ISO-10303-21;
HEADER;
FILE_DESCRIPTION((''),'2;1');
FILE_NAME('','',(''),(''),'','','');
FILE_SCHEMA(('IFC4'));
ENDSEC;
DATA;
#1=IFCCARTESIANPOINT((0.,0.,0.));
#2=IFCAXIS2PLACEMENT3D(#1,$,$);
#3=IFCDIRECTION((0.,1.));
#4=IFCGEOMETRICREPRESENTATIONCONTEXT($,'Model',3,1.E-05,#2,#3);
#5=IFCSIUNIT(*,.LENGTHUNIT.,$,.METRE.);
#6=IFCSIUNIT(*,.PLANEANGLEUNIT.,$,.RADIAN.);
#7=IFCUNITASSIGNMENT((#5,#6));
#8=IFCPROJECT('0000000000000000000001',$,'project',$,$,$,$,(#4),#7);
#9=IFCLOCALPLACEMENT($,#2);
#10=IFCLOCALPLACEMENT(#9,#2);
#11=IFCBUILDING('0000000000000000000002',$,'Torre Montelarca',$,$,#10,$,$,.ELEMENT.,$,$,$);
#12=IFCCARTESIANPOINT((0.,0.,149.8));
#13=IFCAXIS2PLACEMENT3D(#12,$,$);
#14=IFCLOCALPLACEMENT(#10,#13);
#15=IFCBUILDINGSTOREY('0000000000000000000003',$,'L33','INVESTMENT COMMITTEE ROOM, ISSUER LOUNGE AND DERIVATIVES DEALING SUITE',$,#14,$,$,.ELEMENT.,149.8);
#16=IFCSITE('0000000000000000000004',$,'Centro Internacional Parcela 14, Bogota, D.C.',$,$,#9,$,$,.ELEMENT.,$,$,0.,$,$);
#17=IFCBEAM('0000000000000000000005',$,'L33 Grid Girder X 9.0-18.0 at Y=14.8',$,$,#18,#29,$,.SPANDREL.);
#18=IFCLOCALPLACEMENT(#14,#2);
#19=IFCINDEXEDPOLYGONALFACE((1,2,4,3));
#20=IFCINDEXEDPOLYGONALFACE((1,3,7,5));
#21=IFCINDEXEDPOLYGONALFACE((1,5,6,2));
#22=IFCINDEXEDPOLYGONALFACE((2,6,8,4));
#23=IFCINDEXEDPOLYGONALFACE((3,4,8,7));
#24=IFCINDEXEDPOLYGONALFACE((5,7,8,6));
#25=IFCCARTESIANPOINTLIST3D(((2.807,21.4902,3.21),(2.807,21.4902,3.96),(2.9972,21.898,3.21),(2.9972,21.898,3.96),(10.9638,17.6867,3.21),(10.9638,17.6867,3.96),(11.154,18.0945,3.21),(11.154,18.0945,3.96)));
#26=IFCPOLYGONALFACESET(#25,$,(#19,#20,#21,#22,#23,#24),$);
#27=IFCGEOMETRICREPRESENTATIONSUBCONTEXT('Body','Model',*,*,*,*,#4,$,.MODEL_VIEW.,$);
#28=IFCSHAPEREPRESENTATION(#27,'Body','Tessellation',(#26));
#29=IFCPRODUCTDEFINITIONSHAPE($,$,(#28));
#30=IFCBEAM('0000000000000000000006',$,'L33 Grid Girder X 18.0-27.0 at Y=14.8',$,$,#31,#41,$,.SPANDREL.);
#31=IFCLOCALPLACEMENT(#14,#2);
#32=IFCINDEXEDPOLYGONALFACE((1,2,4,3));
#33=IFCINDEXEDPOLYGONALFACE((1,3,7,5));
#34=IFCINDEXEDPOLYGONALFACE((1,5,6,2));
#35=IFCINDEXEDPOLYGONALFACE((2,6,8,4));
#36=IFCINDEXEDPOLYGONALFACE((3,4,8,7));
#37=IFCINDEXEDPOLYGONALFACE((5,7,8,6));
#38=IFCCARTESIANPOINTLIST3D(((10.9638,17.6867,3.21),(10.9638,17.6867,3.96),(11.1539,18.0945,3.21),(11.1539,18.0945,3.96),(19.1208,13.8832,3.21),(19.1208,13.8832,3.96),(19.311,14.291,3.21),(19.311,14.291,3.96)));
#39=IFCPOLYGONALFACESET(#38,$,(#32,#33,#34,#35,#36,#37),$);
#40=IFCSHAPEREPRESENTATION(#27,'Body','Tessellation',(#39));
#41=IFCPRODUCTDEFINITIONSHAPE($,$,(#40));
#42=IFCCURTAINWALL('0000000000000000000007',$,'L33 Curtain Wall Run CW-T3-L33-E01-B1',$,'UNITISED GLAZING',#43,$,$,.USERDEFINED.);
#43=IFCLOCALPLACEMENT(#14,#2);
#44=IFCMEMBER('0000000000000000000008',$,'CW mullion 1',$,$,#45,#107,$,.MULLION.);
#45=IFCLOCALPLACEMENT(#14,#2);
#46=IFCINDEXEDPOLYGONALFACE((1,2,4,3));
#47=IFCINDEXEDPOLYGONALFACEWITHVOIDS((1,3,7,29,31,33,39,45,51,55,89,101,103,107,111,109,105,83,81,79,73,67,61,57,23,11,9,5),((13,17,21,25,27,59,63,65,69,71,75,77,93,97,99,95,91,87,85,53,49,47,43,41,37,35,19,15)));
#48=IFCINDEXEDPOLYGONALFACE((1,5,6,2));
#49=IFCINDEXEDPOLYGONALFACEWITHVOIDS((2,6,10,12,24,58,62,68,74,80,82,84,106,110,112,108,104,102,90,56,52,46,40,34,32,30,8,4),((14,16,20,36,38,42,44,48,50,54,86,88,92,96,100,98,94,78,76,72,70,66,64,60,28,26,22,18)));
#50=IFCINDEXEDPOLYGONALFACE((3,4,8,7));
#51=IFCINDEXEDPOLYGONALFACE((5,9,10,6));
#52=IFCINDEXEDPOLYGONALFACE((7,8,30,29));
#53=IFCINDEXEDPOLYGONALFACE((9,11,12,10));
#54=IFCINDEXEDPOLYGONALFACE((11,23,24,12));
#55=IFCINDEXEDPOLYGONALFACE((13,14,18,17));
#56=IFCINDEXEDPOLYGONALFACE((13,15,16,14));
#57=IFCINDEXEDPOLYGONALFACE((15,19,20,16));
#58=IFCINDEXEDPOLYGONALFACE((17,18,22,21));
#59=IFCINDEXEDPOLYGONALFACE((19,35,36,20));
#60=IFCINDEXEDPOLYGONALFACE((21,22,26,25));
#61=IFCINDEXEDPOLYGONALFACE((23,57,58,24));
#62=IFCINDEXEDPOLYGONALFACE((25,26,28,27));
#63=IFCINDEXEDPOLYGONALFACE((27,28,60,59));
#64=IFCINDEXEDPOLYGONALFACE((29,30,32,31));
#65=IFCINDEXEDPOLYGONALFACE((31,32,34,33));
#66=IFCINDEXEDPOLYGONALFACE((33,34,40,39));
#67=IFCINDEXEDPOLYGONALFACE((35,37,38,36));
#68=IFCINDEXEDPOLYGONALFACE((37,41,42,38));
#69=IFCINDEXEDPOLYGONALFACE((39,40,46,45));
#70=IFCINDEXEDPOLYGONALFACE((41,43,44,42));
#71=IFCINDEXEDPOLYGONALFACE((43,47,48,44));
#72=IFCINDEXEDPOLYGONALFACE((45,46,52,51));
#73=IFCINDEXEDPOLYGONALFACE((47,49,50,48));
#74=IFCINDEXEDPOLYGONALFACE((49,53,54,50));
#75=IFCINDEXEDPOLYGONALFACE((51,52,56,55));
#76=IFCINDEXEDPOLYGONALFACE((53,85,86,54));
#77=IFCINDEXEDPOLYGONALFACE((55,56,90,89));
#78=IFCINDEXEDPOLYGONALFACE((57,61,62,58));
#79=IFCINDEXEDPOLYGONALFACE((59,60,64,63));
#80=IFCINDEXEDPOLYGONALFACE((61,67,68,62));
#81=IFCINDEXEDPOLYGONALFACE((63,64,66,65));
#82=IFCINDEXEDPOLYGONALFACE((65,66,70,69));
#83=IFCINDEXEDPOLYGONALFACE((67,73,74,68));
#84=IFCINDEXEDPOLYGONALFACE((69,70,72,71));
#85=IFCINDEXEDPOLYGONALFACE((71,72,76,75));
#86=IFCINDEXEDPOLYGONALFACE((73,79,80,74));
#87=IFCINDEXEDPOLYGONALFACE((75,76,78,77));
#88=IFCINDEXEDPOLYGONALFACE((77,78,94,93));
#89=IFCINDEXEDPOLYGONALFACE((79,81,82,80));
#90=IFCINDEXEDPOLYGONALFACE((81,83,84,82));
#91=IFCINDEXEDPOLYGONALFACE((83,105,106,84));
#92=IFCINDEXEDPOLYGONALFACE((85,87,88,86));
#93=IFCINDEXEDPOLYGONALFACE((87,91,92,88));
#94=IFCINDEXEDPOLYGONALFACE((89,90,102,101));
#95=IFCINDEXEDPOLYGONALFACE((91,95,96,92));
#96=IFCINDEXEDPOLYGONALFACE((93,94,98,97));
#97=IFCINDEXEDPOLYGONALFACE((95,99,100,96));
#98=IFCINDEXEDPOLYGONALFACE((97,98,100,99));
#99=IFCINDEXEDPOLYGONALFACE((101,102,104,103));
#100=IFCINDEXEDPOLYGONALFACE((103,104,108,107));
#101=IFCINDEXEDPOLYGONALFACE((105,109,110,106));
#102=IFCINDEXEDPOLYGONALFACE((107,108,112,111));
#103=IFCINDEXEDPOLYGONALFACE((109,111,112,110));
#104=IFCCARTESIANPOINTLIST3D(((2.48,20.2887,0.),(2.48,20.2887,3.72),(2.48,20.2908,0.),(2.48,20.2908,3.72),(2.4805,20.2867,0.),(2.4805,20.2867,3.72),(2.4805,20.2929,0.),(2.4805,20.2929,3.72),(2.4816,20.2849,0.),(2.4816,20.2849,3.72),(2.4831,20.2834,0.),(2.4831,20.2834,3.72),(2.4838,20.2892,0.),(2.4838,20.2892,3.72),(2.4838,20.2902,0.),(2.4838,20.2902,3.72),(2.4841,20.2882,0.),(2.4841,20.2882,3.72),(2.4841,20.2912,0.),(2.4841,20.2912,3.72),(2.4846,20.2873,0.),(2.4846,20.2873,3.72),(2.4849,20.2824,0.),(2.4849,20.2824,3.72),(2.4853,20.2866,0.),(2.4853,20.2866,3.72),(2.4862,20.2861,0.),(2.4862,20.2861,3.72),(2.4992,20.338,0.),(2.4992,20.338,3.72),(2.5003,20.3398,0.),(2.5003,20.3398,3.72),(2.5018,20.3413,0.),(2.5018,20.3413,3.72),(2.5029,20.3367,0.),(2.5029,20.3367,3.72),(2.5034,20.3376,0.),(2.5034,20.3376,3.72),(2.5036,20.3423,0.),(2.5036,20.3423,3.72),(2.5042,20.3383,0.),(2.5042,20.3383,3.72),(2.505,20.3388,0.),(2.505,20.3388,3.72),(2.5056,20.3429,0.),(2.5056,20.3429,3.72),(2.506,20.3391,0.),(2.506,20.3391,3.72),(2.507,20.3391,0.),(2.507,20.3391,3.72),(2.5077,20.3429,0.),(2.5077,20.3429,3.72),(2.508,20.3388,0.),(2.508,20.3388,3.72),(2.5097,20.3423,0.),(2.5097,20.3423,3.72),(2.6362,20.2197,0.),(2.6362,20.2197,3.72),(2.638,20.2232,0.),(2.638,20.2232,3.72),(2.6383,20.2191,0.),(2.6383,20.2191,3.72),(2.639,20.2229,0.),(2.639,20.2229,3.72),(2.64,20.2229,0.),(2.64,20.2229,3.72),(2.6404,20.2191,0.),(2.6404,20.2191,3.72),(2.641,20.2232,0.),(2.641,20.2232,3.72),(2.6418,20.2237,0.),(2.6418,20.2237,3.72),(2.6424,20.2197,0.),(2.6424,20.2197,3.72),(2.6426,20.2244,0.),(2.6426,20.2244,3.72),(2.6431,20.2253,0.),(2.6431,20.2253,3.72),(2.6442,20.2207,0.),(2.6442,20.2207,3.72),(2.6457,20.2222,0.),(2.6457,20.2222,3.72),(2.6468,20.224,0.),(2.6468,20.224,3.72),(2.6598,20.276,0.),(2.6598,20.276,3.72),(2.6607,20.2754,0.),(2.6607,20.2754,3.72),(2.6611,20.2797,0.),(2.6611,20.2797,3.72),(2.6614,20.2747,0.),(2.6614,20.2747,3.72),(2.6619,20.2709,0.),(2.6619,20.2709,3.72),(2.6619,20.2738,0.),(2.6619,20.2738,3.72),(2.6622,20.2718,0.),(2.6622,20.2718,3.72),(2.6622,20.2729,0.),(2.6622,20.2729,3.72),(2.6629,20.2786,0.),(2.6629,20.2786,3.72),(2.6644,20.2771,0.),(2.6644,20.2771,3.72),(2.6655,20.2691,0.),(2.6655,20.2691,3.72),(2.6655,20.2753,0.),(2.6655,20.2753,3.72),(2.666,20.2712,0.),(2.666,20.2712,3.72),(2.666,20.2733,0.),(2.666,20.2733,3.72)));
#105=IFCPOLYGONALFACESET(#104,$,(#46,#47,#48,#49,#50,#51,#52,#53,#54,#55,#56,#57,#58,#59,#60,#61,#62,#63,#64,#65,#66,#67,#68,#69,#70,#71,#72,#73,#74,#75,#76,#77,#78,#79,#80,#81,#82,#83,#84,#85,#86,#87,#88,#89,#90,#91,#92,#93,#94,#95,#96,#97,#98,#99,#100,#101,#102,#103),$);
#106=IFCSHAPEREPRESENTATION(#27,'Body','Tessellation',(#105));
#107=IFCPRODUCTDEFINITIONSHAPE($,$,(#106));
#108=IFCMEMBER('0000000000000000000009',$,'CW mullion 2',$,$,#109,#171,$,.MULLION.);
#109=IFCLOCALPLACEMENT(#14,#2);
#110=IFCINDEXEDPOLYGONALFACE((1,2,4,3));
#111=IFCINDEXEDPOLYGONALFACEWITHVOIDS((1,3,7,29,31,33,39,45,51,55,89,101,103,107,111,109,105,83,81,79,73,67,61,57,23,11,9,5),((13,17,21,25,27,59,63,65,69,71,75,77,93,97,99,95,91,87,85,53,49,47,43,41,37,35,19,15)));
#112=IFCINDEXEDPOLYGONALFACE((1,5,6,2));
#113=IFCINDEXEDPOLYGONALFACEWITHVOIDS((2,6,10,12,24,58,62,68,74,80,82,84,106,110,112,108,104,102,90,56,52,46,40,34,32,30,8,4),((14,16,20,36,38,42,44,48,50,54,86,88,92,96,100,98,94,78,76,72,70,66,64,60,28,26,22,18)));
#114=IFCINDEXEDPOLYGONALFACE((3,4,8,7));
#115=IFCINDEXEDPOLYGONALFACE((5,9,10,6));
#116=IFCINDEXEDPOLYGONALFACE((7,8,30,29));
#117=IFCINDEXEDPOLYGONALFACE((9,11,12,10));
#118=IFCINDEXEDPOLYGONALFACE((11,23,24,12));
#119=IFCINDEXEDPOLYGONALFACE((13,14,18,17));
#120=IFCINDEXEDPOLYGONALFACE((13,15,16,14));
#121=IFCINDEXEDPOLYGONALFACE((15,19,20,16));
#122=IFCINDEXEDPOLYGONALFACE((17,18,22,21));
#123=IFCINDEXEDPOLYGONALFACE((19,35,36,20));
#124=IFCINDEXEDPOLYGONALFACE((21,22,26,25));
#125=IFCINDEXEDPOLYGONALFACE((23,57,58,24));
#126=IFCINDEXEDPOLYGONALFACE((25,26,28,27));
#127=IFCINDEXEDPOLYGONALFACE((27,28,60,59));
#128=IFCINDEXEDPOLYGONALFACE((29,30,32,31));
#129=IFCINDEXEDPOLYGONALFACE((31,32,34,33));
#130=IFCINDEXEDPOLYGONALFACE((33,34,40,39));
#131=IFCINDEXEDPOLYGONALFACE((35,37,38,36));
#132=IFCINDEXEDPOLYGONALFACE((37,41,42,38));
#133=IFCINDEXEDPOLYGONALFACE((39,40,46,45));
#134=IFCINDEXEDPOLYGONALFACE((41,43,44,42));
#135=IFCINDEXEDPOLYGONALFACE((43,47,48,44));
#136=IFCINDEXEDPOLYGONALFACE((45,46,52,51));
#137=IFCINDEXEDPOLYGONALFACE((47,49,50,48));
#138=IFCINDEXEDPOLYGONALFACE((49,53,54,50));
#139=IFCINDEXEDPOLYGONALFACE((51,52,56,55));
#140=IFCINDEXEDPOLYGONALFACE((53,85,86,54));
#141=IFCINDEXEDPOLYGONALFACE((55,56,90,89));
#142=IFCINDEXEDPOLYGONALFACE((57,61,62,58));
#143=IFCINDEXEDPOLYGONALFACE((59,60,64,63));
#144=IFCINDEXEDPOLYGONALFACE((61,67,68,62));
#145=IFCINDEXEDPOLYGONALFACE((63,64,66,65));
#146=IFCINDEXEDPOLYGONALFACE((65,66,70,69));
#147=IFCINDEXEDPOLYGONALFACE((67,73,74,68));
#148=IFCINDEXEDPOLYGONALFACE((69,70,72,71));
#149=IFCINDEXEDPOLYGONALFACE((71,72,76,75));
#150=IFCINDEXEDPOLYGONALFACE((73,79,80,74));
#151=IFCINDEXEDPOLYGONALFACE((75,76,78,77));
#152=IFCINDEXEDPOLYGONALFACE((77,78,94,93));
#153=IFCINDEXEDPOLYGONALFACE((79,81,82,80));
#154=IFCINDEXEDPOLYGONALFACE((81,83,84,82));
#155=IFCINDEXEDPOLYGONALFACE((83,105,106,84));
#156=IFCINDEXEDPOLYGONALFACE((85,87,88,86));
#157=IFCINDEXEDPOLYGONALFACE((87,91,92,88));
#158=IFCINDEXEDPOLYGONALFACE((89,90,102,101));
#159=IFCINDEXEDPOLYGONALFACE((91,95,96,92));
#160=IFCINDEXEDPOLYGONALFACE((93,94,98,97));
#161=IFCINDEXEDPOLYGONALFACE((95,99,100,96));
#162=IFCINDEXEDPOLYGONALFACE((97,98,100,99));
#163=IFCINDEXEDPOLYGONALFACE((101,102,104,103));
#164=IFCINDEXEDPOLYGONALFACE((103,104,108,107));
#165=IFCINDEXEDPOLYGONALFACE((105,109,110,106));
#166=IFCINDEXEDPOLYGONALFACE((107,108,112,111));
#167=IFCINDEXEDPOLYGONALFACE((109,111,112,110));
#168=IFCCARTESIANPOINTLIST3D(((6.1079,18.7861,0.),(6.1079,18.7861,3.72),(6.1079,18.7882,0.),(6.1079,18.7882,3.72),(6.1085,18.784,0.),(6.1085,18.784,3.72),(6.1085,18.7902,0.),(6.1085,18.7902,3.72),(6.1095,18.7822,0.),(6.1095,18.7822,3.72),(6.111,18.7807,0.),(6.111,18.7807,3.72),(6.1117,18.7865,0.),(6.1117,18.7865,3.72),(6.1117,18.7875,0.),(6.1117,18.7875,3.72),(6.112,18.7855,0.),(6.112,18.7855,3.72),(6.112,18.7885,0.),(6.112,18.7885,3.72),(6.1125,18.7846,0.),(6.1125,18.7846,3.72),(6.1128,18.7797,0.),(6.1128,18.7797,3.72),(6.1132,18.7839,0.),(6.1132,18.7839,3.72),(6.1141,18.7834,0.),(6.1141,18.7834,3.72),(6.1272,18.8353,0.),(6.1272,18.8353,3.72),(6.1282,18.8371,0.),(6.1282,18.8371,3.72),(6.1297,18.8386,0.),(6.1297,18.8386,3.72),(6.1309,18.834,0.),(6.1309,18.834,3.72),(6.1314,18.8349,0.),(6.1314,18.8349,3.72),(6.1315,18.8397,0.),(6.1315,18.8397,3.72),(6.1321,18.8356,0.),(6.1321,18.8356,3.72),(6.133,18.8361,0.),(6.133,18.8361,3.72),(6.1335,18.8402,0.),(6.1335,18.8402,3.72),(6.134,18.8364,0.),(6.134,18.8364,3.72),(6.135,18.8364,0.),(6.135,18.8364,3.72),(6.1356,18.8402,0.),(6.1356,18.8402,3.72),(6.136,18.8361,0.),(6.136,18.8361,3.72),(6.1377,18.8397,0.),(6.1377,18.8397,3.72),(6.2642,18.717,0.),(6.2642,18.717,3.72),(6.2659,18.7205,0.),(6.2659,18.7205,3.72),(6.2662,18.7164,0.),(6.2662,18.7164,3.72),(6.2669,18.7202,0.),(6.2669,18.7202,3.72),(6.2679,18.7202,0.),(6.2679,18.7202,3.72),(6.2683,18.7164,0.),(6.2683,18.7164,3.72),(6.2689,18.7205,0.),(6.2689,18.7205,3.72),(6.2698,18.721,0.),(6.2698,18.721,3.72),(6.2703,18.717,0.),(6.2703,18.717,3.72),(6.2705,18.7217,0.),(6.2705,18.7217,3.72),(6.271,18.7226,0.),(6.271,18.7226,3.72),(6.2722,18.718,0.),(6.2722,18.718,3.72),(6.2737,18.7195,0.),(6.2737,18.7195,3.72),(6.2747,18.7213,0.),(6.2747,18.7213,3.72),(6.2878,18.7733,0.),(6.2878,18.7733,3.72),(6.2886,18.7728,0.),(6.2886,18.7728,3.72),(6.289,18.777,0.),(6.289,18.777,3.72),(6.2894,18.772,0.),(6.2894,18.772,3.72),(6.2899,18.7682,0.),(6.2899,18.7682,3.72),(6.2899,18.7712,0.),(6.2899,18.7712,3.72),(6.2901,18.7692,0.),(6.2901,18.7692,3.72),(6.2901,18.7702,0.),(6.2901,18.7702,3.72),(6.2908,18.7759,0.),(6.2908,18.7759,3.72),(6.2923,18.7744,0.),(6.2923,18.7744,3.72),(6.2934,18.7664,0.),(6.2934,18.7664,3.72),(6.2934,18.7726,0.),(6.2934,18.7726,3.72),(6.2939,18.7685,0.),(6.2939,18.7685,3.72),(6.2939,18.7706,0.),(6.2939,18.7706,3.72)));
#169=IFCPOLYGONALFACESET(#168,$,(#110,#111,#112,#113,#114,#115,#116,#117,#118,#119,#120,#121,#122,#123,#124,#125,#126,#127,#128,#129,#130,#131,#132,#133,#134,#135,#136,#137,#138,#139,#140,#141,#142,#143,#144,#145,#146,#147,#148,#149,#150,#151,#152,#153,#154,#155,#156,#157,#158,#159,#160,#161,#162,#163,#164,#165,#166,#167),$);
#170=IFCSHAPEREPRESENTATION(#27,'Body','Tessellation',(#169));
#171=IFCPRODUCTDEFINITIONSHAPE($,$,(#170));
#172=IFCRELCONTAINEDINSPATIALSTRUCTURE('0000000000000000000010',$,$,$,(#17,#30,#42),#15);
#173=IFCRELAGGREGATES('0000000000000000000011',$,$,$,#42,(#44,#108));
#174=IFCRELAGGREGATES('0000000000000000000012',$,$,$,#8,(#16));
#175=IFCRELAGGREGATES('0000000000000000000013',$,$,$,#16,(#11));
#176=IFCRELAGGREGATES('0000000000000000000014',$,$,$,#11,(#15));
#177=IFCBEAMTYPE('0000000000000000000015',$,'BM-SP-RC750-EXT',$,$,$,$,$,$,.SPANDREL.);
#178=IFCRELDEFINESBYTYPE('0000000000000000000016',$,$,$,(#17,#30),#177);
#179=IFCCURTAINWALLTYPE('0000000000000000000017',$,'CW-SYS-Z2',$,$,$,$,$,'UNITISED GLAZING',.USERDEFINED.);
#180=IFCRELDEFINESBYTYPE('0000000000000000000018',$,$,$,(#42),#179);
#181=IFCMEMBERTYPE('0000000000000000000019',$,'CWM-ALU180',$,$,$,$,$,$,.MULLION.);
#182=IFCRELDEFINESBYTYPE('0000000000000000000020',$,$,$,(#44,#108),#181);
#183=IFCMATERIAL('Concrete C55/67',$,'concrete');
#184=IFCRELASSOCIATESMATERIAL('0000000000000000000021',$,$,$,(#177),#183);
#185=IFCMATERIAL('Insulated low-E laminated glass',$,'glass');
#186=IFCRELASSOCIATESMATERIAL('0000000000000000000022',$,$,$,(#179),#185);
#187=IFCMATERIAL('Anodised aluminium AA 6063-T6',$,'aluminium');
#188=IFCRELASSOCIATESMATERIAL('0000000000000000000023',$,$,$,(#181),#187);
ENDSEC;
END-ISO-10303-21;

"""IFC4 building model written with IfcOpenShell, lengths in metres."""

from ifc_helpers import new_model, si_unit, direction, frame, origin, origin_2d, place, context, subcontext, project, spatial, rectangle, hollow_rectangle, extrude, source, transform, mapped, material, material_profile, profile_set, type_object, element, aggregate, save


model = new_model("IFC4")

# Units and contexts
model_context = context("Model", 3, precision=1e-05, world=origin(), true_north=direction((0.0, 1.0)))
body_context = subcontext(model_context, "Body", "Model", "MODEL_VIEW")
ifc_project = project(units=[si_unit("LENGTHUNIT", "METRE"), si_unit("PLANEANGLEUNIT", "RADIAN")], contexts=[model_context])

# Site, building, storey
site_placement = place(None, origin())
site = spatial("IfcSite", under=ifc_project, at=site_placement, Name="Centro Internacional Parcela 14, Bogota, D.C.", CompositionType="ELEMENT", RefElevation=0.0)
building_placement = place(site_placement, origin())
building = spatial("IfcBuilding", under=site, at=building_placement, Name="Torre Montelarca", CompositionType="ELEMENT")
storey_placement = place(building_placement, frame((0.0, 0.0, 149.8)))
storey = spatial("IfcBuildingStorey", under=building, at=storey_placement, Name="L33", Description="INVESTMENT COMMITTEE ROOM, ISSUER LOUNGE AND DERIVATIVES DEALING SUITE", CompositionType="ELEMENT", Elevation=149.8)

# Shared definitions
ifc_material_1 = material(Name="Concrete C55/67", Category="concrete")

# Beams
ifc_material_profile_1 = material_profile(ifc_material_1, rectangle(XDim=0.45, YDim=0.75, at=origin_2d()), Name="RCB450X750", Category="concrete")
ifc_profile_set_1 = profile_set([ifc_material_profile_1], Name="Concrete C55/67")
beam_type = type_object("IfcBeamType", Name="BM-SP-RC750-EXT", PredefinedType="SPANDREL", material=ifc_profile_set_1)
shared_shape_1 = source(origin(), body_context, "Body", "SweptSolid", [
    extrude(rectangle(XDim=0.45, YDim=0.75, at=origin_2d()), origin(), (0.0, 0.0, 1.0), 9.0),
])
beam_1_placement = place(storey_placement, frame((2.9021, 21.6941, 3.585), z_axis=(0.906311, -0.422611, 0.0), x_axis=(0.422611, 0.906311, 0.0)))
element("IfcBeam", 1, at=beam_1_placement, inside=storey, type_object=beam_type, Name="L33 Grid Girder X 9.0-18.0 at Y=14.8", PredefinedType="SPANDREL", context=body_context, shape_type="MappedRepresentation", body=[
    mapped(shared_shape_1, transform((0.0, 0.0, 0.0), scale=1.0)),
])
shared_shape_2 = source(origin(), body_context, "Body", "SweptSolid", [
    extrude(rectangle(XDim=0.45, YDim=0.75, at=origin_2d()), origin(), (0.0, 0.0, 1.0), 9.0002),
])
beam_2_placement = place(storey_placement, frame((11.0588, 17.8906, 3.585), z_axis=(0.906316, -0.4226, 0.0), x_axis=(0.4226, 0.906316, 0.0)))
element("IfcBeam", 2, at=beam_2_placement, inside=storey, type_object=beam_type, Name="L33 Grid Girder X 18.0-27.0 at Y=14.8", PredefinedType="SPANDREL", context=body_context, shape_type="MappedRepresentation", body=[
    mapped(shared_shape_2, transform((0.0, 0.0, 0.0), scale=1.0)),
])

# Curtain wall, members
ifc_material_2 = material(Name="Insulated low-E laminated glass", Category="glass")
curtain_wall_type = type_object("IfcCurtainWallType", Name="CW-SYS-Z2", ElementType="UNITISED GLAZING", PredefinedType="USERDEFINED", material=ifc_material_2)
curtain_wall_1_placement = place(storey_placement, origin())
curtain_wall_1 = element("IfcCurtainWall", 3, at=curtain_wall_1_placement, inside=storey, type_object=curtain_wall_type, Name="L33 Curtain Wall Run CW-T3-L33-E01-B1", ObjectType="UNITISED GLAZING", PredefinedType="USERDEFINED")
ifc_material_3 = material(Name="Anodised aluminium AA 6063-T6", Category="aluminium")
ifc_material_profile_2 = material_profile(ifc_material_3, hollow_rectangle(XDim=0.0649, YDim=0.1799, WallThickness=0.0039, InnerFilletRadius=0.0039, OuterFilletRadius=0.0081, at=origin_2d()), Name="ALU65X180X4", Category="aluminium")
ifc_profile_set_2 = profile_set([ifc_material_profile_2], Name="Anodised aluminium AA 6063-T6")
member_type_1 = type_object("IfcMemberType", Name="CWM-ALU180", PredefinedType="MULLION", material=ifc_profile_set_2)
shared_shape_3 = source(origin(), body_context, "Body", "SweptSolid", [
    extrude(hollow_rectangle(XDim=0.0649, YDim=0.1799, WallThickness=0.0039, InnerFilletRadius=0.0039, OuterFilletRadius=0.0081, at=origin_2d()), origin(), (0.0, 0.0, 1.0), 3.72),
])
member_1_placement = place(storey_placement, frame((2.573, 20.281, 0.0), z_axis=(0.0, 0.0, 1.0), x_axis=(0.382677, 0.923882, 0.0)))
member_1 = element("IfcMember", 4, at=member_1_placement, type_object=member_type_1, Name="CW mullion 1", PredefinedType="MULLION", context=body_context, shape_type="MappedRepresentation", body=[
    mapped(shared_shape_3, transform((0.0, 0.0, 0.0), scale=1.0)),
])
member_2_placement = place(storey_placement, frame((6.2009, 18.7783, 0.0), z_axis=(0.0, 0.0, 1.0), x_axis=(0.382677, 0.923882, 0.0)))
member_2 = element("IfcMember", 5, at=member_2_placement, type_object=member_type_1, Name="CW mullion 2", PredefinedType="MULLION", context=body_context, shape_type="MappedRepresentation", body=[
    mapped(shared_shape_3, transform((0.0, 0.0, 0.0), scale=1.0)),
])

aggregate(curtain_wall_1, [member_1, member_2])

save(model, "model.ifc")
